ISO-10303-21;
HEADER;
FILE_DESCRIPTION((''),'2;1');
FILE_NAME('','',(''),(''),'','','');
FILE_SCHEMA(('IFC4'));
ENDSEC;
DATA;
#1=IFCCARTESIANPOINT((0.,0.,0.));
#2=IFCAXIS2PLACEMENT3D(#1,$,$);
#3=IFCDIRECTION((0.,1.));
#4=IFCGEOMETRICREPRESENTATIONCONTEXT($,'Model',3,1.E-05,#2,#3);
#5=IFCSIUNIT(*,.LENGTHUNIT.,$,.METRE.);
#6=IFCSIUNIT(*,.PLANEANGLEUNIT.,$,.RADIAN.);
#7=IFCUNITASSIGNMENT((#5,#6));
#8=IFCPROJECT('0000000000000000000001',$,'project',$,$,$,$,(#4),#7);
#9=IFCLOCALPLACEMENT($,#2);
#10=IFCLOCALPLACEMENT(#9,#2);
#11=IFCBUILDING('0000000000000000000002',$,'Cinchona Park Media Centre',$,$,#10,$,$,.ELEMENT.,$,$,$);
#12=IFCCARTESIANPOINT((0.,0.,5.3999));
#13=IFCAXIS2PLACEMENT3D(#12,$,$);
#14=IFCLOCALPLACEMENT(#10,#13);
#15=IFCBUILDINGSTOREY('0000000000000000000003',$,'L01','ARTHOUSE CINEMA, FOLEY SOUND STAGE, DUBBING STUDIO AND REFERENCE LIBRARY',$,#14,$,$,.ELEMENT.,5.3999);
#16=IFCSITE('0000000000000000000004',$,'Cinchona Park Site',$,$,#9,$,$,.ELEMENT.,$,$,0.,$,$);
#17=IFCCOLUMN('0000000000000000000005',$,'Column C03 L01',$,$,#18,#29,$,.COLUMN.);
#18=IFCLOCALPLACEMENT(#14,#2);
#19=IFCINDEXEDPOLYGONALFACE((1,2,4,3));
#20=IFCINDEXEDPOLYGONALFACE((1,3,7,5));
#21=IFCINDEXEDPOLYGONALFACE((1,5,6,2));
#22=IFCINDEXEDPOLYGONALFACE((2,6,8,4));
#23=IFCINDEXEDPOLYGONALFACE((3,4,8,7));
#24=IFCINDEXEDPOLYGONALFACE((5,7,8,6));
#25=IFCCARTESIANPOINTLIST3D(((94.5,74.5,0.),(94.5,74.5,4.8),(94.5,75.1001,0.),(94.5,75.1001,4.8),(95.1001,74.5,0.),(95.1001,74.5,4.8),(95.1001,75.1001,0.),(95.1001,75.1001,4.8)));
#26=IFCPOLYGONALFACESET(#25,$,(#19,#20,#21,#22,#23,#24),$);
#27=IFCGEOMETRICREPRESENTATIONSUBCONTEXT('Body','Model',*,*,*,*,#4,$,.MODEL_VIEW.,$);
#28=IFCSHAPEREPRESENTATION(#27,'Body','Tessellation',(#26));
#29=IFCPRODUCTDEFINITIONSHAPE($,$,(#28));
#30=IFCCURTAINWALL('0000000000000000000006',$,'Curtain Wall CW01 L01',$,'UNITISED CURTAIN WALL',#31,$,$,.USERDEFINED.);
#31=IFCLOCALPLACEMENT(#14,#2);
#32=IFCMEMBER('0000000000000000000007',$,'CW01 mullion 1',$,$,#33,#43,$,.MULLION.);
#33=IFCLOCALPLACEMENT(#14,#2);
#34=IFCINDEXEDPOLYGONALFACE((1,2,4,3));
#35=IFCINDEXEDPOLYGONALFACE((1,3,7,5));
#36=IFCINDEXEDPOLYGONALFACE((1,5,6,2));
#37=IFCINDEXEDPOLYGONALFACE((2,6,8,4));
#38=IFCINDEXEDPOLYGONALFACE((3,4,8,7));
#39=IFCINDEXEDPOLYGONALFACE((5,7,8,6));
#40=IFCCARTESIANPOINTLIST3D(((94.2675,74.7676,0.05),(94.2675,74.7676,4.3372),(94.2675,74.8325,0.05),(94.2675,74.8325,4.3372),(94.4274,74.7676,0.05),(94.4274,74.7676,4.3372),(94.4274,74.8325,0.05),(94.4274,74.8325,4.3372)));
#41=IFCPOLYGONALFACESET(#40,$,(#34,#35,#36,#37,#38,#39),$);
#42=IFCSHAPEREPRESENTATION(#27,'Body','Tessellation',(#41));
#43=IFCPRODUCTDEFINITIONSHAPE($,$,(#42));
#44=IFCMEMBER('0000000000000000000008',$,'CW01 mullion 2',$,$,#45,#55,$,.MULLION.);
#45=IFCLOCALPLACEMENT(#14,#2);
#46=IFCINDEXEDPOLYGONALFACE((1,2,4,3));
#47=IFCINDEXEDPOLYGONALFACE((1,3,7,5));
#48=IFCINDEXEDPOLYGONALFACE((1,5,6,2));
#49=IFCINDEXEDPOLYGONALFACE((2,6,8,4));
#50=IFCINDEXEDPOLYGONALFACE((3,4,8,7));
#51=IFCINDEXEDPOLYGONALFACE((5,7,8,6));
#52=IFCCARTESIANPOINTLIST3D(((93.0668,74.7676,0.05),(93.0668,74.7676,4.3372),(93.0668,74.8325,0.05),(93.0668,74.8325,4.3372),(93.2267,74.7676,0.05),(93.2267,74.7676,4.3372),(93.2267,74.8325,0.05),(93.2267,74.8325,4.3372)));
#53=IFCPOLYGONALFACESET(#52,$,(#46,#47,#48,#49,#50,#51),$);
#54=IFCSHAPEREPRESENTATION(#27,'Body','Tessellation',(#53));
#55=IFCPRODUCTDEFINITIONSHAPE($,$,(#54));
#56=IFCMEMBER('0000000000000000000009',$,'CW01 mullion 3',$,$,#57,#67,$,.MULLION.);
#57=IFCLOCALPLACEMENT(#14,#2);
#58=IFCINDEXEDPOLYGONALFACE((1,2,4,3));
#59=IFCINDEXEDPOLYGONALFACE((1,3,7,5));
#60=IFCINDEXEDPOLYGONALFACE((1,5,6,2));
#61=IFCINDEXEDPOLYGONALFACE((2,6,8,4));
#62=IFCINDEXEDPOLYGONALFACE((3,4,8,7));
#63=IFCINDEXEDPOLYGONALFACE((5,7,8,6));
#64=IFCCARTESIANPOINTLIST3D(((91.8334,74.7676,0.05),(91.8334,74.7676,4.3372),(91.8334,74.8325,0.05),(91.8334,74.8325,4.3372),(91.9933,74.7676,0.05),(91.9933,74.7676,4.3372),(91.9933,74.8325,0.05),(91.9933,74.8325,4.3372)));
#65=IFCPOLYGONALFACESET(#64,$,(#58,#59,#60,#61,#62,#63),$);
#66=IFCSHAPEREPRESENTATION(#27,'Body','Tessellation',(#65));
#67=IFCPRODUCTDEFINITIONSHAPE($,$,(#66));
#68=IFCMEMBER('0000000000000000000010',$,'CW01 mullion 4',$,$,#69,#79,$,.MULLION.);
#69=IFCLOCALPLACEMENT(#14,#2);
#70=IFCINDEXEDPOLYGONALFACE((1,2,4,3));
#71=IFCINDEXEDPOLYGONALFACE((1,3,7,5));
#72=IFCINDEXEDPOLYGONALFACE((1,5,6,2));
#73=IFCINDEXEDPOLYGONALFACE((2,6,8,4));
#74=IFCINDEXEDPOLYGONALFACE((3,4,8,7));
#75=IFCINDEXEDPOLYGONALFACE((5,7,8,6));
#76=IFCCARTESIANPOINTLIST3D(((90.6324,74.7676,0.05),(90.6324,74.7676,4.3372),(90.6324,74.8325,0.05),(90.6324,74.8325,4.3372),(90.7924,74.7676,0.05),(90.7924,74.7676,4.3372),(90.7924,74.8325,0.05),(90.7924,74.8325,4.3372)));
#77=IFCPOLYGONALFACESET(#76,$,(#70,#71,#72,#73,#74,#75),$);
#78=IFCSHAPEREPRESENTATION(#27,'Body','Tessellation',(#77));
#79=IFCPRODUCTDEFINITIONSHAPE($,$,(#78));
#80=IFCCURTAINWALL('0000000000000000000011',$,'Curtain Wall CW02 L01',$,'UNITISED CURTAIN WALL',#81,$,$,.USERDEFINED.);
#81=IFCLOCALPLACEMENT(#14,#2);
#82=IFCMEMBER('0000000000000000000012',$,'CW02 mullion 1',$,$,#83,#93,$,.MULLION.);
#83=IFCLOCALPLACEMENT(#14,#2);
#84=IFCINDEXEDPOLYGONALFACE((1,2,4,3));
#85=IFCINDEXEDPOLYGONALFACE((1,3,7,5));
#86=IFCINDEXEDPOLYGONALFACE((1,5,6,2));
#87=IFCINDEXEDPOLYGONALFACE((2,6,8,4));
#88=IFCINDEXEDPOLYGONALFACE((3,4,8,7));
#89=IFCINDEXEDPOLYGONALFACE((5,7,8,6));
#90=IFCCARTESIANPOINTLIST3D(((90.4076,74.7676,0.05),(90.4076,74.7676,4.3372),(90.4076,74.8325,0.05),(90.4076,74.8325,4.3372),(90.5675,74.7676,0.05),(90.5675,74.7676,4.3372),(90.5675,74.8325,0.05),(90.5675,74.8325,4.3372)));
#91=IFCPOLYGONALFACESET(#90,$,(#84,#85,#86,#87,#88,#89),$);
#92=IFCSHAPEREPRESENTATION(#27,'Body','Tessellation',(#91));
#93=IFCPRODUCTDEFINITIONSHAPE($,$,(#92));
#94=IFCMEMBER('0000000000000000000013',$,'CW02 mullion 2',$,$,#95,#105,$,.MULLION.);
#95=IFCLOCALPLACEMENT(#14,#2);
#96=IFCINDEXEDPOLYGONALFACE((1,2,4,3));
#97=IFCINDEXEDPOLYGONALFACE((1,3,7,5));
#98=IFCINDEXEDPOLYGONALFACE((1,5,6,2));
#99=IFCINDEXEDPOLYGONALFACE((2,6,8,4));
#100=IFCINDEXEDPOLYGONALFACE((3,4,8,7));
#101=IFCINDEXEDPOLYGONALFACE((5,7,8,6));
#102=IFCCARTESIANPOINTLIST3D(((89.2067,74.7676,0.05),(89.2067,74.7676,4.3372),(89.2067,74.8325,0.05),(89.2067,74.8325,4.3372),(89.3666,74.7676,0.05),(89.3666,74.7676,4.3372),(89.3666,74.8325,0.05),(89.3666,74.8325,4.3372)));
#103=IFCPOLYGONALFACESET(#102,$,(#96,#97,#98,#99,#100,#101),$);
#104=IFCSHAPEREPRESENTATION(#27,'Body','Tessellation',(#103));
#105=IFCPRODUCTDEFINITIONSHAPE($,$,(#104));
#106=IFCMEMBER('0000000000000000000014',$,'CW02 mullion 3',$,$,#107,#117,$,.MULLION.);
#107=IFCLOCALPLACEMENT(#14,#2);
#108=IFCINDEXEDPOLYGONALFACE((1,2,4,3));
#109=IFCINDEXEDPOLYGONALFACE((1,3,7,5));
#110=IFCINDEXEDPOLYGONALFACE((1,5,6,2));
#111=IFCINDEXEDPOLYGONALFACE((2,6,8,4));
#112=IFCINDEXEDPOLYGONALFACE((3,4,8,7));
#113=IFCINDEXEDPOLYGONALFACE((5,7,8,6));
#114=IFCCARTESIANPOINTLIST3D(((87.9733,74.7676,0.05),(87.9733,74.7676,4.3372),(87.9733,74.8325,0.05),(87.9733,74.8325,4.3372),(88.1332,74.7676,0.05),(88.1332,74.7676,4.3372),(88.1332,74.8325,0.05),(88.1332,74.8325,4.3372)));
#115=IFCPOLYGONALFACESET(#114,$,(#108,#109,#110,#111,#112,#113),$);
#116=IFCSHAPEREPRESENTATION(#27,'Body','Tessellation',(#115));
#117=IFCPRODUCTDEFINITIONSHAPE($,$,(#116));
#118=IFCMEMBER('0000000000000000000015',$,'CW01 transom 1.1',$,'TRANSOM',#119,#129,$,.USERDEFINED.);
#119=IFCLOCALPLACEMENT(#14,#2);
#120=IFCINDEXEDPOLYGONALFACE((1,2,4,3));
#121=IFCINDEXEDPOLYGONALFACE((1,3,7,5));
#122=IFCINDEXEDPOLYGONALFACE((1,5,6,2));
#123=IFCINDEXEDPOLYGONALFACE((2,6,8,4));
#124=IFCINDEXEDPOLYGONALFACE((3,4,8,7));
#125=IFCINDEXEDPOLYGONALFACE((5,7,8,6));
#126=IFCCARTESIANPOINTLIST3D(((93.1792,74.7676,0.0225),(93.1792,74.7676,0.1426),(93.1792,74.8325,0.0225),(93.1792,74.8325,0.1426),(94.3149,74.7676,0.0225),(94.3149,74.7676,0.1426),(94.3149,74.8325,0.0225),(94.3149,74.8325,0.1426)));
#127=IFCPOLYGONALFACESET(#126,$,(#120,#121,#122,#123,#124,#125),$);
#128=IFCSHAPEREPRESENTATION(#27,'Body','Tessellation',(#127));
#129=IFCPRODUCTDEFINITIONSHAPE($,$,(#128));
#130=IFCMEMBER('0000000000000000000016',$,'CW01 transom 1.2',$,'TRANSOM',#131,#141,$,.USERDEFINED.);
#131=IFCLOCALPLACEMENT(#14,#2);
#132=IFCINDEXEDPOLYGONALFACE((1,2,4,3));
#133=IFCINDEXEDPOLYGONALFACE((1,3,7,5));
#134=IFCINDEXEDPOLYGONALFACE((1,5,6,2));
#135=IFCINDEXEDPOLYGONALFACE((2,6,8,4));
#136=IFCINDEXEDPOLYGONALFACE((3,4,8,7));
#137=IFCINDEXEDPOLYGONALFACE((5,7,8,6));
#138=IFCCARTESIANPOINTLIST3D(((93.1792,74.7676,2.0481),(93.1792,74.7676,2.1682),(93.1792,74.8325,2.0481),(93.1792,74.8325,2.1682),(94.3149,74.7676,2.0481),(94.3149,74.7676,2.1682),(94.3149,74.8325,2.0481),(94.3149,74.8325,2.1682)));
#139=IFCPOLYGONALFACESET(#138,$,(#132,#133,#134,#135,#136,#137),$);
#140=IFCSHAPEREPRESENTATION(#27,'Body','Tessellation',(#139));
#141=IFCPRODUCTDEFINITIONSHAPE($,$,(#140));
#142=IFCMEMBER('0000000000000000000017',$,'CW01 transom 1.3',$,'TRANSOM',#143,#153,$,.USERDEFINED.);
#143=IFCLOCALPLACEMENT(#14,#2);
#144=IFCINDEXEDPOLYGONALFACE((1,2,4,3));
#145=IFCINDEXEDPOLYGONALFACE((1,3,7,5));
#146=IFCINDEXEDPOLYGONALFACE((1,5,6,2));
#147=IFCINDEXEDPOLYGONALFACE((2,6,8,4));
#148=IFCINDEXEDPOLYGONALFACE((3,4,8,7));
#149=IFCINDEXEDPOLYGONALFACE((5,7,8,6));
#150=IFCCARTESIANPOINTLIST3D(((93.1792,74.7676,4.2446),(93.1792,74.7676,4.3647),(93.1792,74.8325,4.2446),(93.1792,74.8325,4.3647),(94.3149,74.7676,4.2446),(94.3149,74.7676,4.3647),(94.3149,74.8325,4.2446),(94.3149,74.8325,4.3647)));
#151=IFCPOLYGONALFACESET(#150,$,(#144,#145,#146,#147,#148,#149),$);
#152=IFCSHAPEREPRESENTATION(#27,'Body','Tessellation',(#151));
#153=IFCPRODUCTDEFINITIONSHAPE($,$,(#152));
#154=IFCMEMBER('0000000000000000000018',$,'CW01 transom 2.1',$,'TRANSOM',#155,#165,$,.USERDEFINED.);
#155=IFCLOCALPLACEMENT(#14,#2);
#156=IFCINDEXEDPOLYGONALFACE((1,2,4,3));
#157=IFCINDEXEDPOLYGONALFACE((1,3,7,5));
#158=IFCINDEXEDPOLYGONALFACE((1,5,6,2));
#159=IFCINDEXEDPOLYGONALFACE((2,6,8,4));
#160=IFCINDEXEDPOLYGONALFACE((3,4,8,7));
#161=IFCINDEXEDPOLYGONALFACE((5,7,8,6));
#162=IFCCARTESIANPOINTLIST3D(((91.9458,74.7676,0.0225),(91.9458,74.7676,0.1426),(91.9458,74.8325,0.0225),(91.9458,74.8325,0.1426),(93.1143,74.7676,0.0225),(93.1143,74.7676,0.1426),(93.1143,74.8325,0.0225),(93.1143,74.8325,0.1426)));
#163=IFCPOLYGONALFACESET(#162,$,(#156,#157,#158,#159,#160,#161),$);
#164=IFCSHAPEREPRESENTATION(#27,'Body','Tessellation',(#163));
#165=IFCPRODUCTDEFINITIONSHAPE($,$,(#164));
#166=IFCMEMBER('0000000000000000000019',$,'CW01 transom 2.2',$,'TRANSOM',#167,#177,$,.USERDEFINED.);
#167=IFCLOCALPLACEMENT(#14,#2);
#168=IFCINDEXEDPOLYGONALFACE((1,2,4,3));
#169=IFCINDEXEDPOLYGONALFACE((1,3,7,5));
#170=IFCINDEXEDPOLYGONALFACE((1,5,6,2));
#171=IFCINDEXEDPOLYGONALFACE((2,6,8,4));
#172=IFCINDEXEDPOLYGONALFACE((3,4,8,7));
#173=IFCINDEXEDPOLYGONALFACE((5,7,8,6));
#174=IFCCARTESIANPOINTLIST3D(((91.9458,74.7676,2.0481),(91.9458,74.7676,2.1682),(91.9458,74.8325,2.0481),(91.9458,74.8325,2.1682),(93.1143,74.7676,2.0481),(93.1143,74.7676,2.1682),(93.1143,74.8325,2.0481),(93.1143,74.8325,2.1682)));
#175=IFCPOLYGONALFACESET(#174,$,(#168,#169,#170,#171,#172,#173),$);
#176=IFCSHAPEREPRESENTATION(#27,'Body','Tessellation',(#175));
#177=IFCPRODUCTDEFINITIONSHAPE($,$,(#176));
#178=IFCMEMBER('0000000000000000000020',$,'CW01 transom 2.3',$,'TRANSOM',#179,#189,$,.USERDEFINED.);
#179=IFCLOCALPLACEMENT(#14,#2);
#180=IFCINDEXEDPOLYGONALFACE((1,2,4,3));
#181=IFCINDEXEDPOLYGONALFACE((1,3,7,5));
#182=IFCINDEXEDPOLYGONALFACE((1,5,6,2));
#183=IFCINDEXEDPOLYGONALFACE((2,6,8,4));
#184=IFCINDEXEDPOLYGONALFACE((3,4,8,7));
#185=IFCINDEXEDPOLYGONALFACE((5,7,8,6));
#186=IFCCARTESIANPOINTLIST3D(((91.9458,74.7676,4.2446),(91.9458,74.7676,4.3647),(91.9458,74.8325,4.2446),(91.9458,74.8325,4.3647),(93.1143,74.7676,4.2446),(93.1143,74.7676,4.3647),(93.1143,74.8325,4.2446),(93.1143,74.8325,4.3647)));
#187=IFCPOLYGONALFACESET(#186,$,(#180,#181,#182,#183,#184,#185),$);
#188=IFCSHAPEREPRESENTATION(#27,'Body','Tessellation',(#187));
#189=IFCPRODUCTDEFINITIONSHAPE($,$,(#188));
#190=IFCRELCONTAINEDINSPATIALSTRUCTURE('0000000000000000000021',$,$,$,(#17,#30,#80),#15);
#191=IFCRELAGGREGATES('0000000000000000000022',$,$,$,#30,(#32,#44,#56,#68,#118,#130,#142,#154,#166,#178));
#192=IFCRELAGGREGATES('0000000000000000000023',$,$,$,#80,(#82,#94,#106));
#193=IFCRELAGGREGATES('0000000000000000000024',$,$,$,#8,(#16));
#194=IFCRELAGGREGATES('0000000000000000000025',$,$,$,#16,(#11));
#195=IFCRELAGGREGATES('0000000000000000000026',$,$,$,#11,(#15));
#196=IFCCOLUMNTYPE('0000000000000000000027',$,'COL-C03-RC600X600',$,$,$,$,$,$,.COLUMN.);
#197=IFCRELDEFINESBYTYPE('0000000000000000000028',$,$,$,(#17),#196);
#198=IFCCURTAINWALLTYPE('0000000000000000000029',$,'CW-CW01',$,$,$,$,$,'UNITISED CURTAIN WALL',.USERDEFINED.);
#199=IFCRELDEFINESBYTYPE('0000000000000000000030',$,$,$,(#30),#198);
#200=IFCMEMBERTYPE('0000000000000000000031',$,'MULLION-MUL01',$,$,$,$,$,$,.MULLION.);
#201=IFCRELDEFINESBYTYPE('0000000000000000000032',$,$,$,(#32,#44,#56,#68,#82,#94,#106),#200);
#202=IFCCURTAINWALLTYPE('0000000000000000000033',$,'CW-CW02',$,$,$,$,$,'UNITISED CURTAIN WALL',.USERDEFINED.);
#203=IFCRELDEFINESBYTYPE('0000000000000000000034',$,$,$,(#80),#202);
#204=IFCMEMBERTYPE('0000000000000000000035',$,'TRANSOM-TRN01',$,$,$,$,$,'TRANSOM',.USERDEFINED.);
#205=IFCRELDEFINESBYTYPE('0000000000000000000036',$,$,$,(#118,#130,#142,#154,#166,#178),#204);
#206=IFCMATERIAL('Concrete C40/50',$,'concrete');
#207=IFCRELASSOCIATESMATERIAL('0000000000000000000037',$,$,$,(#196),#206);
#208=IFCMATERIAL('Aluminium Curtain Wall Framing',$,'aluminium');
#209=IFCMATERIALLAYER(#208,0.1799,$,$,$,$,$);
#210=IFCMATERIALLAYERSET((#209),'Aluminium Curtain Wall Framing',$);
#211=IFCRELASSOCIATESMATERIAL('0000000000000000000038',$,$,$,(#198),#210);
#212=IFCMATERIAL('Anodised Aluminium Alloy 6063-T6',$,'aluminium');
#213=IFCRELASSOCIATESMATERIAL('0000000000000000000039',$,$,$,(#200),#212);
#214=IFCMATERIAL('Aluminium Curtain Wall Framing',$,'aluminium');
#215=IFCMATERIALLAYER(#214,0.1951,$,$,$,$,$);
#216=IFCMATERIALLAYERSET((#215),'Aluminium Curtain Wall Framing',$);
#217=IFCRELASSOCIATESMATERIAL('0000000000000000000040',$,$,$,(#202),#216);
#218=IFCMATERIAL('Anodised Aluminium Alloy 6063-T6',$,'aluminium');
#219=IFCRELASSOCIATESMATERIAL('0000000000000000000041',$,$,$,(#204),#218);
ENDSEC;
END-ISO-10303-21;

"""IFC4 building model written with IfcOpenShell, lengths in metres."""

from ifc_helpers import new_model, si_unit, direction, frame, origin, origin_2d, place, context, subcontext, project, spatial, rectangle, extrude, material, layer, layer_set, material_profile, profile_set, type_object, element, aggregate, save


model = new_model("IFC4")

# Units and contexts
model_context = context("Model", 3, precision=1e-05, world=origin(), true_north=direction((0.0, 1.0)))
body_context = subcontext(model_context, "Body", "Model", "MODEL_VIEW")
ifc_project = project(units=[si_unit("LENGTHUNIT", "METRE"), si_unit("PLANEANGLEUNIT", "RADIAN")], contexts=[model_context])

# Site, building, storey
site_placement = place(None, origin())
site = spatial("IfcSite", under=ifc_project, at=site_placement, Name="Cinchona Park Site", CompositionType="ELEMENT", RefElevation=0.0)
building_placement = place(site_placement, origin())
building = spatial("IfcBuilding", under=site, at=building_placement, Name="Cinchona Park Media Centre", CompositionType="ELEMENT")
storey_placement = place(building_placement, frame((0.0, 0.0, 5.3999)))
storey = spatial("IfcBuildingStorey", under=building, at=storey_placement, Name="L01", Description="ARTHOUSE CINEMA, FOLEY SOUND STAGE, DUBBING STUDIO AND REFERENCE LIBRARY", CompositionType="ELEMENT", Elevation=5.3999)

# Column
ifc_material_1 = material(Name="Concrete C40/50", Category="concrete")
ifc_material_profile_1 = material_profile(ifc_material_1, rectangle(XDim=0.6001, YDim=0.6001, at=origin_2d()), Name="RC 600X600")
ifc_profile_set_1 = profile_set([ifc_material_profile_1], Name="Concrete C40/50")
column_type = type_object("IfcColumnType", Name="COL-C03-RC600X600", PredefinedType="COLUMN", material=ifc_profile_set_1)
column_placement = place(storey_placement, frame((94.8, 74.8, 0.0), z_axis=(0.0, 0.0, 1.0), x_axis=(1.0, 0.0, 0.0)))
element("IfcColumn", 1, at=column_placement, inside=storey, type_object=column_type, Name="Column C03 L01", PredefinedType="COLUMN", context=body_context, shape_type="SweptSolid", body=[
    extrude(rectangle(XDim=0.6001, YDim=0.6001, at=origin_2d()), origin(), (0.0, 0.0, 1.0), 4.8),
])

# Curtain walls, members
ifc_material_2 = material(Name="Aluminium Curtain Wall Framing", Category="aluminium")
ifc_layer_1 = layer(ifc_material_2, 0.1799)
ifc_layer_set_1 = layer_set([ifc_layer_1], Name="Aluminium Curtain Wall Framing")
curtain_wall_type_1 = type_object("IfcCurtainWallType", Name="CW-CW01", ElementType="UNITISED CURTAIN WALL", PredefinedType="USERDEFINED", material=ifc_layer_set_1)
curtain_wall_1_placement = place(storey_placement, origin())
curtain_wall_1 = element("IfcCurtainWall", 2, at=curtain_wall_1_placement, inside=storey, type_object=curtain_wall_type_1, Name="Curtain Wall CW01 L01", ObjectType="UNITISED CURTAIN WALL", PredefinedType="USERDEFINED")
ifc_material_3 = material(Name="Anodised Aluminium Alloy 6063-T6", Category="aluminium")
ifc_material_profile_2 = material_profile(ifc_material_3, rectangle(XDim=0.0649, YDim=0.1599, at=origin_2d()), Name="MUL-65X160")
ifc_profile_set_2 = profile_set([ifc_material_profile_2], Name="Anodised Aluminium Alloy 6063-T6")
member_type_1 = type_object("IfcMemberType", Name="MULLION-MUL01", PredefinedType="MULLION", material=ifc_profile_set_2)
member_1_placement = place(storey_placement, frame((94.3474, 74.8, 0.05), z_axis=(0.0, 0.0, 1.0), x_axis=(0.0, -1.0, 0.0)))
member_1 = element("IfcMember", 3, at=member_1_placement, type_object=member_type_1, Name="CW01 mullion 1", PredefinedType="MULLION", context=body_context, shape_type="SweptSolid", body=[
    extrude(rectangle(XDim=0.0649, YDim=0.1599, at=origin_2d()), origin(), (0.0, 0.0, 1.0), 4.2871),
])
member_2_placement = place(storey_placement, frame((93.1467, 74.8, 0.05), z_axis=(0.0, 0.0, 1.0), x_axis=(0.0, -1.0, 0.0)))
member_2 = element("IfcMember", 4, at=member_2_placement, type_object=member_type_1, Name="CW01 mullion 2", PredefinedType="MULLION", context=body_context, shape_type="SweptSolid", body=[
    extrude(rectangle(XDim=0.0649, YDim=0.1599, at=origin_2d()), origin(), (0.0, 0.0, 1.0), 4.2871),
])
member_3_placement = place(storey_placement, frame((91.9133, 74.8, 0.05), z_axis=(0.0, 0.0, 1.0), x_axis=(0.0, -1.0, 0.0)))
member_3 = element("IfcMember", 5, at=member_3_placement, type_object=member_type_1, Name="CW01 mullion 3", PredefinedType="MULLION", context=body_context, shape_type="SweptSolid", body=[
    extrude(rectangle(XDim=0.0649, YDim=0.1599, at=origin_2d()), origin(), (0.0, 0.0, 1.0), 4.2871),
])
member_4_placement = place(storey_placement, frame((90.7124, 74.8, 0.05), z_axis=(0.0, 0.0, 1.0), x_axis=(0.0, -1.0, 0.0)))
member_4 = element("IfcMember", 6, at=member_4_placement, type_object=member_type_1, Name="CW01 mullion 4", PredefinedType="MULLION", context=body_context, shape_type="SweptSolid", body=[
    extrude(rectangle(XDim=0.0649, YDim=0.1599, at=origin_2d()), origin(), (0.0, 0.0, 1.0), 4.2871),
])
ifc_material_4 = material(Name="Aluminium Curtain Wall Framing", Category="aluminium")
ifc_layer_2 = layer(ifc_material_4, 0.1951)
ifc_layer_set_2 = layer_set([ifc_layer_2], Name="Aluminium Curtain Wall Framing")
curtain_wall_type_2 = type_object("IfcCurtainWallType", Name="CW-CW02", ElementType="UNITISED CURTAIN WALL", PredefinedType="USERDEFINED", material=ifc_layer_set_2)
curtain_wall_2_placement = place(storey_placement, origin())
curtain_wall_2 = element("IfcCurtainWall", 7, at=curtain_wall_2_placement, inside=storey, type_object=curtain_wall_type_2, Name="Curtain Wall CW02 L01", ObjectType="UNITISED CURTAIN WALL", PredefinedType="USERDEFINED")
member_5_placement = place(storey_placement, frame((90.4875, 74.8, 0.05), z_axis=(0.0, 0.0, 1.0), x_axis=(0.0, -1.0, 0.0)))
member_5 = element("IfcMember", 8, at=member_5_placement, type_object=member_type_1, Name="CW02 mullion 1", PredefinedType="MULLION", context=body_context, shape_type="SweptSolid", body=[
    extrude(rectangle(XDim=0.0649, YDim=0.1599, at=origin_2d()), origin(), (0.0, 0.0, 1.0), 4.2871),
])
member_6_placement = place(storey_placement, frame((89.2866, 74.8, 0.05), z_axis=(0.0, 0.0, 1.0), x_axis=(0.0, -1.0, 0.0)))
member_6 = element("IfcMember", 9, at=member_6_placement, type_object=member_type_1, Name="CW02 mullion 2", PredefinedType="MULLION", context=body_context, shape_type="SweptSolid", body=[
    extrude(rectangle(XDim=0.0649, YDim=0.1599, at=origin_2d()), origin(), (0.0, 0.0, 1.0), 4.2871),
])
member_7_placement = place(storey_placement, frame((88.0532, 74.8, 0.05), z_axis=(0.0, 0.0, 1.0), x_axis=(0.0, -1.0, 0.0)))
member_7 = element("IfcMember", 10, at=member_7_placement, type_object=member_type_1, Name="CW02 mullion 3", PredefinedType="MULLION", context=body_context, shape_type="SweptSolid", body=[
    extrude(rectangle(XDim=0.0649, YDim=0.1599, at=origin_2d()), origin(), (0.0, 0.0, 1.0), 4.2871),
])

# Members
ifc_material_5 = material(Name="Anodised Aluminium Alloy 6063-T6", Category="aluminium")
ifc_material_profile_3 = material_profile(ifc_material_5, rectangle(XDim=0.0649, YDim=0.1201, at=origin_2d()), Name="TRN-65X120")
ifc_profile_set_3 = profile_set([ifc_material_profile_3], Name="Anodised Aluminium Alloy 6063-T6")
member_type_2 = type_object("IfcMemberType", Name="TRANSOM-TRN01", ElementType="TRANSOM", PredefinedType="USERDEFINED", material=ifc_profile_set_3)
member_8_placement = place(storey_placement, frame((94.3149, 74.8, 0.0825), z_axis=(-1.0, 0.0, 0.0), x_axis=(0.0, -1.0, 0.0)))
member_8 = element("IfcMember", 11, at=member_8_placement, type_object=member_type_2, Name="CW01 transom 1.1", ObjectType="TRANSOM", PredefinedType="USERDEFINED", context=body_context, shape_type="SweptSolid", body=[
    extrude(rectangle(XDim=0.0649, YDim=0.1201, at=origin_2d()), origin(), (0.0, 0.0, 1.0), 1.1357),
])
member_9_placement = place(storey_placement, frame((94.3149, 74.8, 2.1082), z_axis=(-1.0, 0.0, 0.0), x_axis=(0.0, -1.0, 0.0)))
member_9 = element("IfcMember", 12, at=member_9_placement, type_object=member_type_2, Name="CW01 transom 1.2", ObjectType="TRANSOM", PredefinedType="USERDEFINED", context=body_context, shape_type="SweptSolid", body=[
    extrude(rectangle(XDim=0.0649, YDim=0.1201, at=origin_2d()), origin(), (0.0, 0.0, 1.0), 1.1357),
])
member_10_placement = place(storey_placement, frame((94.3149, 74.8, 4.3047), z_axis=(-1.0, 0.0, 0.0), x_axis=(0.0, -1.0, 0.0)))
member_10 = element("IfcMember", 13, at=member_10_placement, type_object=member_type_2, Name="CW01 transom 1.3", ObjectType="TRANSOM", PredefinedType="USERDEFINED", context=body_context, shape_type="SweptSolid", body=[
    extrude(rectangle(XDim=0.0649, YDim=0.1201, at=origin_2d()), origin(), (0.0, 0.0, 1.0), 1.1357),
])
member_11_placement = place(storey_placement, frame((93.1143, 74.8, 0.0825), z_axis=(-1.0, 0.0, 0.0), x_axis=(0.0, -1.0, 0.0)))
member_11 = element("IfcMember", 14, at=member_11_placement, type_object=member_type_2, Name="CW01 transom 2.1", ObjectType="TRANSOM", PredefinedType="USERDEFINED", context=body_context, shape_type="SweptSolid", body=[
    extrude(rectangle(XDim=0.0649, YDim=0.1201, at=origin_2d()), origin(), (0.0, 0.0, 1.0), 1.1685),
])
member_12_placement = place(storey_placement, frame((93.1143, 74.8, 2.1082), z_axis=(-1.0, 0.0, 0.0), x_axis=(0.0, -1.0, 0.0)))
member_12 = element("IfcMember", 15, at=member_12_placement, type_object=member_type_2, Name="CW01 transom 2.2", ObjectType="TRANSOM", PredefinedType="USERDEFINED", context=body_context, shape_type="SweptSolid", body=[
    extrude(rectangle(XDim=0.0649, YDim=0.1201, at=origin_2d()), origin(), (0.0, 0.0, 1.0), 1.1685),
])
member_13_placement = place(storey_placement, frame((93.1143, 74.8, 4.3047), z_axis=(-1.0, 0.0, 0.0), x_axis=(0.0, -1.0, 0.0)))
member_13 = element("IfcMember", 16, at=member_13_placement, type_object=member_type_2, Name="CW01 transom 2.3", ObjectType="TRANSOM", PredefinedType="USERDEFINED", context=body_context, shape_type="SweptSolid", body=[
    extrude(rectangle(XDim=0.0649, YDim=0.1201, at=origin_2d()), origin(), (0.0, 0.0, 1.0), 1.1685),
])

aggregate(curtain_wall_1, [member_1, member_2, member_3, member_4, member_8, member_9, member_10, member_11, member_12, member_13])
aggregate(curtain_wall_2, [member_5, member_6, member_7])

save(model, "model.ifc")
